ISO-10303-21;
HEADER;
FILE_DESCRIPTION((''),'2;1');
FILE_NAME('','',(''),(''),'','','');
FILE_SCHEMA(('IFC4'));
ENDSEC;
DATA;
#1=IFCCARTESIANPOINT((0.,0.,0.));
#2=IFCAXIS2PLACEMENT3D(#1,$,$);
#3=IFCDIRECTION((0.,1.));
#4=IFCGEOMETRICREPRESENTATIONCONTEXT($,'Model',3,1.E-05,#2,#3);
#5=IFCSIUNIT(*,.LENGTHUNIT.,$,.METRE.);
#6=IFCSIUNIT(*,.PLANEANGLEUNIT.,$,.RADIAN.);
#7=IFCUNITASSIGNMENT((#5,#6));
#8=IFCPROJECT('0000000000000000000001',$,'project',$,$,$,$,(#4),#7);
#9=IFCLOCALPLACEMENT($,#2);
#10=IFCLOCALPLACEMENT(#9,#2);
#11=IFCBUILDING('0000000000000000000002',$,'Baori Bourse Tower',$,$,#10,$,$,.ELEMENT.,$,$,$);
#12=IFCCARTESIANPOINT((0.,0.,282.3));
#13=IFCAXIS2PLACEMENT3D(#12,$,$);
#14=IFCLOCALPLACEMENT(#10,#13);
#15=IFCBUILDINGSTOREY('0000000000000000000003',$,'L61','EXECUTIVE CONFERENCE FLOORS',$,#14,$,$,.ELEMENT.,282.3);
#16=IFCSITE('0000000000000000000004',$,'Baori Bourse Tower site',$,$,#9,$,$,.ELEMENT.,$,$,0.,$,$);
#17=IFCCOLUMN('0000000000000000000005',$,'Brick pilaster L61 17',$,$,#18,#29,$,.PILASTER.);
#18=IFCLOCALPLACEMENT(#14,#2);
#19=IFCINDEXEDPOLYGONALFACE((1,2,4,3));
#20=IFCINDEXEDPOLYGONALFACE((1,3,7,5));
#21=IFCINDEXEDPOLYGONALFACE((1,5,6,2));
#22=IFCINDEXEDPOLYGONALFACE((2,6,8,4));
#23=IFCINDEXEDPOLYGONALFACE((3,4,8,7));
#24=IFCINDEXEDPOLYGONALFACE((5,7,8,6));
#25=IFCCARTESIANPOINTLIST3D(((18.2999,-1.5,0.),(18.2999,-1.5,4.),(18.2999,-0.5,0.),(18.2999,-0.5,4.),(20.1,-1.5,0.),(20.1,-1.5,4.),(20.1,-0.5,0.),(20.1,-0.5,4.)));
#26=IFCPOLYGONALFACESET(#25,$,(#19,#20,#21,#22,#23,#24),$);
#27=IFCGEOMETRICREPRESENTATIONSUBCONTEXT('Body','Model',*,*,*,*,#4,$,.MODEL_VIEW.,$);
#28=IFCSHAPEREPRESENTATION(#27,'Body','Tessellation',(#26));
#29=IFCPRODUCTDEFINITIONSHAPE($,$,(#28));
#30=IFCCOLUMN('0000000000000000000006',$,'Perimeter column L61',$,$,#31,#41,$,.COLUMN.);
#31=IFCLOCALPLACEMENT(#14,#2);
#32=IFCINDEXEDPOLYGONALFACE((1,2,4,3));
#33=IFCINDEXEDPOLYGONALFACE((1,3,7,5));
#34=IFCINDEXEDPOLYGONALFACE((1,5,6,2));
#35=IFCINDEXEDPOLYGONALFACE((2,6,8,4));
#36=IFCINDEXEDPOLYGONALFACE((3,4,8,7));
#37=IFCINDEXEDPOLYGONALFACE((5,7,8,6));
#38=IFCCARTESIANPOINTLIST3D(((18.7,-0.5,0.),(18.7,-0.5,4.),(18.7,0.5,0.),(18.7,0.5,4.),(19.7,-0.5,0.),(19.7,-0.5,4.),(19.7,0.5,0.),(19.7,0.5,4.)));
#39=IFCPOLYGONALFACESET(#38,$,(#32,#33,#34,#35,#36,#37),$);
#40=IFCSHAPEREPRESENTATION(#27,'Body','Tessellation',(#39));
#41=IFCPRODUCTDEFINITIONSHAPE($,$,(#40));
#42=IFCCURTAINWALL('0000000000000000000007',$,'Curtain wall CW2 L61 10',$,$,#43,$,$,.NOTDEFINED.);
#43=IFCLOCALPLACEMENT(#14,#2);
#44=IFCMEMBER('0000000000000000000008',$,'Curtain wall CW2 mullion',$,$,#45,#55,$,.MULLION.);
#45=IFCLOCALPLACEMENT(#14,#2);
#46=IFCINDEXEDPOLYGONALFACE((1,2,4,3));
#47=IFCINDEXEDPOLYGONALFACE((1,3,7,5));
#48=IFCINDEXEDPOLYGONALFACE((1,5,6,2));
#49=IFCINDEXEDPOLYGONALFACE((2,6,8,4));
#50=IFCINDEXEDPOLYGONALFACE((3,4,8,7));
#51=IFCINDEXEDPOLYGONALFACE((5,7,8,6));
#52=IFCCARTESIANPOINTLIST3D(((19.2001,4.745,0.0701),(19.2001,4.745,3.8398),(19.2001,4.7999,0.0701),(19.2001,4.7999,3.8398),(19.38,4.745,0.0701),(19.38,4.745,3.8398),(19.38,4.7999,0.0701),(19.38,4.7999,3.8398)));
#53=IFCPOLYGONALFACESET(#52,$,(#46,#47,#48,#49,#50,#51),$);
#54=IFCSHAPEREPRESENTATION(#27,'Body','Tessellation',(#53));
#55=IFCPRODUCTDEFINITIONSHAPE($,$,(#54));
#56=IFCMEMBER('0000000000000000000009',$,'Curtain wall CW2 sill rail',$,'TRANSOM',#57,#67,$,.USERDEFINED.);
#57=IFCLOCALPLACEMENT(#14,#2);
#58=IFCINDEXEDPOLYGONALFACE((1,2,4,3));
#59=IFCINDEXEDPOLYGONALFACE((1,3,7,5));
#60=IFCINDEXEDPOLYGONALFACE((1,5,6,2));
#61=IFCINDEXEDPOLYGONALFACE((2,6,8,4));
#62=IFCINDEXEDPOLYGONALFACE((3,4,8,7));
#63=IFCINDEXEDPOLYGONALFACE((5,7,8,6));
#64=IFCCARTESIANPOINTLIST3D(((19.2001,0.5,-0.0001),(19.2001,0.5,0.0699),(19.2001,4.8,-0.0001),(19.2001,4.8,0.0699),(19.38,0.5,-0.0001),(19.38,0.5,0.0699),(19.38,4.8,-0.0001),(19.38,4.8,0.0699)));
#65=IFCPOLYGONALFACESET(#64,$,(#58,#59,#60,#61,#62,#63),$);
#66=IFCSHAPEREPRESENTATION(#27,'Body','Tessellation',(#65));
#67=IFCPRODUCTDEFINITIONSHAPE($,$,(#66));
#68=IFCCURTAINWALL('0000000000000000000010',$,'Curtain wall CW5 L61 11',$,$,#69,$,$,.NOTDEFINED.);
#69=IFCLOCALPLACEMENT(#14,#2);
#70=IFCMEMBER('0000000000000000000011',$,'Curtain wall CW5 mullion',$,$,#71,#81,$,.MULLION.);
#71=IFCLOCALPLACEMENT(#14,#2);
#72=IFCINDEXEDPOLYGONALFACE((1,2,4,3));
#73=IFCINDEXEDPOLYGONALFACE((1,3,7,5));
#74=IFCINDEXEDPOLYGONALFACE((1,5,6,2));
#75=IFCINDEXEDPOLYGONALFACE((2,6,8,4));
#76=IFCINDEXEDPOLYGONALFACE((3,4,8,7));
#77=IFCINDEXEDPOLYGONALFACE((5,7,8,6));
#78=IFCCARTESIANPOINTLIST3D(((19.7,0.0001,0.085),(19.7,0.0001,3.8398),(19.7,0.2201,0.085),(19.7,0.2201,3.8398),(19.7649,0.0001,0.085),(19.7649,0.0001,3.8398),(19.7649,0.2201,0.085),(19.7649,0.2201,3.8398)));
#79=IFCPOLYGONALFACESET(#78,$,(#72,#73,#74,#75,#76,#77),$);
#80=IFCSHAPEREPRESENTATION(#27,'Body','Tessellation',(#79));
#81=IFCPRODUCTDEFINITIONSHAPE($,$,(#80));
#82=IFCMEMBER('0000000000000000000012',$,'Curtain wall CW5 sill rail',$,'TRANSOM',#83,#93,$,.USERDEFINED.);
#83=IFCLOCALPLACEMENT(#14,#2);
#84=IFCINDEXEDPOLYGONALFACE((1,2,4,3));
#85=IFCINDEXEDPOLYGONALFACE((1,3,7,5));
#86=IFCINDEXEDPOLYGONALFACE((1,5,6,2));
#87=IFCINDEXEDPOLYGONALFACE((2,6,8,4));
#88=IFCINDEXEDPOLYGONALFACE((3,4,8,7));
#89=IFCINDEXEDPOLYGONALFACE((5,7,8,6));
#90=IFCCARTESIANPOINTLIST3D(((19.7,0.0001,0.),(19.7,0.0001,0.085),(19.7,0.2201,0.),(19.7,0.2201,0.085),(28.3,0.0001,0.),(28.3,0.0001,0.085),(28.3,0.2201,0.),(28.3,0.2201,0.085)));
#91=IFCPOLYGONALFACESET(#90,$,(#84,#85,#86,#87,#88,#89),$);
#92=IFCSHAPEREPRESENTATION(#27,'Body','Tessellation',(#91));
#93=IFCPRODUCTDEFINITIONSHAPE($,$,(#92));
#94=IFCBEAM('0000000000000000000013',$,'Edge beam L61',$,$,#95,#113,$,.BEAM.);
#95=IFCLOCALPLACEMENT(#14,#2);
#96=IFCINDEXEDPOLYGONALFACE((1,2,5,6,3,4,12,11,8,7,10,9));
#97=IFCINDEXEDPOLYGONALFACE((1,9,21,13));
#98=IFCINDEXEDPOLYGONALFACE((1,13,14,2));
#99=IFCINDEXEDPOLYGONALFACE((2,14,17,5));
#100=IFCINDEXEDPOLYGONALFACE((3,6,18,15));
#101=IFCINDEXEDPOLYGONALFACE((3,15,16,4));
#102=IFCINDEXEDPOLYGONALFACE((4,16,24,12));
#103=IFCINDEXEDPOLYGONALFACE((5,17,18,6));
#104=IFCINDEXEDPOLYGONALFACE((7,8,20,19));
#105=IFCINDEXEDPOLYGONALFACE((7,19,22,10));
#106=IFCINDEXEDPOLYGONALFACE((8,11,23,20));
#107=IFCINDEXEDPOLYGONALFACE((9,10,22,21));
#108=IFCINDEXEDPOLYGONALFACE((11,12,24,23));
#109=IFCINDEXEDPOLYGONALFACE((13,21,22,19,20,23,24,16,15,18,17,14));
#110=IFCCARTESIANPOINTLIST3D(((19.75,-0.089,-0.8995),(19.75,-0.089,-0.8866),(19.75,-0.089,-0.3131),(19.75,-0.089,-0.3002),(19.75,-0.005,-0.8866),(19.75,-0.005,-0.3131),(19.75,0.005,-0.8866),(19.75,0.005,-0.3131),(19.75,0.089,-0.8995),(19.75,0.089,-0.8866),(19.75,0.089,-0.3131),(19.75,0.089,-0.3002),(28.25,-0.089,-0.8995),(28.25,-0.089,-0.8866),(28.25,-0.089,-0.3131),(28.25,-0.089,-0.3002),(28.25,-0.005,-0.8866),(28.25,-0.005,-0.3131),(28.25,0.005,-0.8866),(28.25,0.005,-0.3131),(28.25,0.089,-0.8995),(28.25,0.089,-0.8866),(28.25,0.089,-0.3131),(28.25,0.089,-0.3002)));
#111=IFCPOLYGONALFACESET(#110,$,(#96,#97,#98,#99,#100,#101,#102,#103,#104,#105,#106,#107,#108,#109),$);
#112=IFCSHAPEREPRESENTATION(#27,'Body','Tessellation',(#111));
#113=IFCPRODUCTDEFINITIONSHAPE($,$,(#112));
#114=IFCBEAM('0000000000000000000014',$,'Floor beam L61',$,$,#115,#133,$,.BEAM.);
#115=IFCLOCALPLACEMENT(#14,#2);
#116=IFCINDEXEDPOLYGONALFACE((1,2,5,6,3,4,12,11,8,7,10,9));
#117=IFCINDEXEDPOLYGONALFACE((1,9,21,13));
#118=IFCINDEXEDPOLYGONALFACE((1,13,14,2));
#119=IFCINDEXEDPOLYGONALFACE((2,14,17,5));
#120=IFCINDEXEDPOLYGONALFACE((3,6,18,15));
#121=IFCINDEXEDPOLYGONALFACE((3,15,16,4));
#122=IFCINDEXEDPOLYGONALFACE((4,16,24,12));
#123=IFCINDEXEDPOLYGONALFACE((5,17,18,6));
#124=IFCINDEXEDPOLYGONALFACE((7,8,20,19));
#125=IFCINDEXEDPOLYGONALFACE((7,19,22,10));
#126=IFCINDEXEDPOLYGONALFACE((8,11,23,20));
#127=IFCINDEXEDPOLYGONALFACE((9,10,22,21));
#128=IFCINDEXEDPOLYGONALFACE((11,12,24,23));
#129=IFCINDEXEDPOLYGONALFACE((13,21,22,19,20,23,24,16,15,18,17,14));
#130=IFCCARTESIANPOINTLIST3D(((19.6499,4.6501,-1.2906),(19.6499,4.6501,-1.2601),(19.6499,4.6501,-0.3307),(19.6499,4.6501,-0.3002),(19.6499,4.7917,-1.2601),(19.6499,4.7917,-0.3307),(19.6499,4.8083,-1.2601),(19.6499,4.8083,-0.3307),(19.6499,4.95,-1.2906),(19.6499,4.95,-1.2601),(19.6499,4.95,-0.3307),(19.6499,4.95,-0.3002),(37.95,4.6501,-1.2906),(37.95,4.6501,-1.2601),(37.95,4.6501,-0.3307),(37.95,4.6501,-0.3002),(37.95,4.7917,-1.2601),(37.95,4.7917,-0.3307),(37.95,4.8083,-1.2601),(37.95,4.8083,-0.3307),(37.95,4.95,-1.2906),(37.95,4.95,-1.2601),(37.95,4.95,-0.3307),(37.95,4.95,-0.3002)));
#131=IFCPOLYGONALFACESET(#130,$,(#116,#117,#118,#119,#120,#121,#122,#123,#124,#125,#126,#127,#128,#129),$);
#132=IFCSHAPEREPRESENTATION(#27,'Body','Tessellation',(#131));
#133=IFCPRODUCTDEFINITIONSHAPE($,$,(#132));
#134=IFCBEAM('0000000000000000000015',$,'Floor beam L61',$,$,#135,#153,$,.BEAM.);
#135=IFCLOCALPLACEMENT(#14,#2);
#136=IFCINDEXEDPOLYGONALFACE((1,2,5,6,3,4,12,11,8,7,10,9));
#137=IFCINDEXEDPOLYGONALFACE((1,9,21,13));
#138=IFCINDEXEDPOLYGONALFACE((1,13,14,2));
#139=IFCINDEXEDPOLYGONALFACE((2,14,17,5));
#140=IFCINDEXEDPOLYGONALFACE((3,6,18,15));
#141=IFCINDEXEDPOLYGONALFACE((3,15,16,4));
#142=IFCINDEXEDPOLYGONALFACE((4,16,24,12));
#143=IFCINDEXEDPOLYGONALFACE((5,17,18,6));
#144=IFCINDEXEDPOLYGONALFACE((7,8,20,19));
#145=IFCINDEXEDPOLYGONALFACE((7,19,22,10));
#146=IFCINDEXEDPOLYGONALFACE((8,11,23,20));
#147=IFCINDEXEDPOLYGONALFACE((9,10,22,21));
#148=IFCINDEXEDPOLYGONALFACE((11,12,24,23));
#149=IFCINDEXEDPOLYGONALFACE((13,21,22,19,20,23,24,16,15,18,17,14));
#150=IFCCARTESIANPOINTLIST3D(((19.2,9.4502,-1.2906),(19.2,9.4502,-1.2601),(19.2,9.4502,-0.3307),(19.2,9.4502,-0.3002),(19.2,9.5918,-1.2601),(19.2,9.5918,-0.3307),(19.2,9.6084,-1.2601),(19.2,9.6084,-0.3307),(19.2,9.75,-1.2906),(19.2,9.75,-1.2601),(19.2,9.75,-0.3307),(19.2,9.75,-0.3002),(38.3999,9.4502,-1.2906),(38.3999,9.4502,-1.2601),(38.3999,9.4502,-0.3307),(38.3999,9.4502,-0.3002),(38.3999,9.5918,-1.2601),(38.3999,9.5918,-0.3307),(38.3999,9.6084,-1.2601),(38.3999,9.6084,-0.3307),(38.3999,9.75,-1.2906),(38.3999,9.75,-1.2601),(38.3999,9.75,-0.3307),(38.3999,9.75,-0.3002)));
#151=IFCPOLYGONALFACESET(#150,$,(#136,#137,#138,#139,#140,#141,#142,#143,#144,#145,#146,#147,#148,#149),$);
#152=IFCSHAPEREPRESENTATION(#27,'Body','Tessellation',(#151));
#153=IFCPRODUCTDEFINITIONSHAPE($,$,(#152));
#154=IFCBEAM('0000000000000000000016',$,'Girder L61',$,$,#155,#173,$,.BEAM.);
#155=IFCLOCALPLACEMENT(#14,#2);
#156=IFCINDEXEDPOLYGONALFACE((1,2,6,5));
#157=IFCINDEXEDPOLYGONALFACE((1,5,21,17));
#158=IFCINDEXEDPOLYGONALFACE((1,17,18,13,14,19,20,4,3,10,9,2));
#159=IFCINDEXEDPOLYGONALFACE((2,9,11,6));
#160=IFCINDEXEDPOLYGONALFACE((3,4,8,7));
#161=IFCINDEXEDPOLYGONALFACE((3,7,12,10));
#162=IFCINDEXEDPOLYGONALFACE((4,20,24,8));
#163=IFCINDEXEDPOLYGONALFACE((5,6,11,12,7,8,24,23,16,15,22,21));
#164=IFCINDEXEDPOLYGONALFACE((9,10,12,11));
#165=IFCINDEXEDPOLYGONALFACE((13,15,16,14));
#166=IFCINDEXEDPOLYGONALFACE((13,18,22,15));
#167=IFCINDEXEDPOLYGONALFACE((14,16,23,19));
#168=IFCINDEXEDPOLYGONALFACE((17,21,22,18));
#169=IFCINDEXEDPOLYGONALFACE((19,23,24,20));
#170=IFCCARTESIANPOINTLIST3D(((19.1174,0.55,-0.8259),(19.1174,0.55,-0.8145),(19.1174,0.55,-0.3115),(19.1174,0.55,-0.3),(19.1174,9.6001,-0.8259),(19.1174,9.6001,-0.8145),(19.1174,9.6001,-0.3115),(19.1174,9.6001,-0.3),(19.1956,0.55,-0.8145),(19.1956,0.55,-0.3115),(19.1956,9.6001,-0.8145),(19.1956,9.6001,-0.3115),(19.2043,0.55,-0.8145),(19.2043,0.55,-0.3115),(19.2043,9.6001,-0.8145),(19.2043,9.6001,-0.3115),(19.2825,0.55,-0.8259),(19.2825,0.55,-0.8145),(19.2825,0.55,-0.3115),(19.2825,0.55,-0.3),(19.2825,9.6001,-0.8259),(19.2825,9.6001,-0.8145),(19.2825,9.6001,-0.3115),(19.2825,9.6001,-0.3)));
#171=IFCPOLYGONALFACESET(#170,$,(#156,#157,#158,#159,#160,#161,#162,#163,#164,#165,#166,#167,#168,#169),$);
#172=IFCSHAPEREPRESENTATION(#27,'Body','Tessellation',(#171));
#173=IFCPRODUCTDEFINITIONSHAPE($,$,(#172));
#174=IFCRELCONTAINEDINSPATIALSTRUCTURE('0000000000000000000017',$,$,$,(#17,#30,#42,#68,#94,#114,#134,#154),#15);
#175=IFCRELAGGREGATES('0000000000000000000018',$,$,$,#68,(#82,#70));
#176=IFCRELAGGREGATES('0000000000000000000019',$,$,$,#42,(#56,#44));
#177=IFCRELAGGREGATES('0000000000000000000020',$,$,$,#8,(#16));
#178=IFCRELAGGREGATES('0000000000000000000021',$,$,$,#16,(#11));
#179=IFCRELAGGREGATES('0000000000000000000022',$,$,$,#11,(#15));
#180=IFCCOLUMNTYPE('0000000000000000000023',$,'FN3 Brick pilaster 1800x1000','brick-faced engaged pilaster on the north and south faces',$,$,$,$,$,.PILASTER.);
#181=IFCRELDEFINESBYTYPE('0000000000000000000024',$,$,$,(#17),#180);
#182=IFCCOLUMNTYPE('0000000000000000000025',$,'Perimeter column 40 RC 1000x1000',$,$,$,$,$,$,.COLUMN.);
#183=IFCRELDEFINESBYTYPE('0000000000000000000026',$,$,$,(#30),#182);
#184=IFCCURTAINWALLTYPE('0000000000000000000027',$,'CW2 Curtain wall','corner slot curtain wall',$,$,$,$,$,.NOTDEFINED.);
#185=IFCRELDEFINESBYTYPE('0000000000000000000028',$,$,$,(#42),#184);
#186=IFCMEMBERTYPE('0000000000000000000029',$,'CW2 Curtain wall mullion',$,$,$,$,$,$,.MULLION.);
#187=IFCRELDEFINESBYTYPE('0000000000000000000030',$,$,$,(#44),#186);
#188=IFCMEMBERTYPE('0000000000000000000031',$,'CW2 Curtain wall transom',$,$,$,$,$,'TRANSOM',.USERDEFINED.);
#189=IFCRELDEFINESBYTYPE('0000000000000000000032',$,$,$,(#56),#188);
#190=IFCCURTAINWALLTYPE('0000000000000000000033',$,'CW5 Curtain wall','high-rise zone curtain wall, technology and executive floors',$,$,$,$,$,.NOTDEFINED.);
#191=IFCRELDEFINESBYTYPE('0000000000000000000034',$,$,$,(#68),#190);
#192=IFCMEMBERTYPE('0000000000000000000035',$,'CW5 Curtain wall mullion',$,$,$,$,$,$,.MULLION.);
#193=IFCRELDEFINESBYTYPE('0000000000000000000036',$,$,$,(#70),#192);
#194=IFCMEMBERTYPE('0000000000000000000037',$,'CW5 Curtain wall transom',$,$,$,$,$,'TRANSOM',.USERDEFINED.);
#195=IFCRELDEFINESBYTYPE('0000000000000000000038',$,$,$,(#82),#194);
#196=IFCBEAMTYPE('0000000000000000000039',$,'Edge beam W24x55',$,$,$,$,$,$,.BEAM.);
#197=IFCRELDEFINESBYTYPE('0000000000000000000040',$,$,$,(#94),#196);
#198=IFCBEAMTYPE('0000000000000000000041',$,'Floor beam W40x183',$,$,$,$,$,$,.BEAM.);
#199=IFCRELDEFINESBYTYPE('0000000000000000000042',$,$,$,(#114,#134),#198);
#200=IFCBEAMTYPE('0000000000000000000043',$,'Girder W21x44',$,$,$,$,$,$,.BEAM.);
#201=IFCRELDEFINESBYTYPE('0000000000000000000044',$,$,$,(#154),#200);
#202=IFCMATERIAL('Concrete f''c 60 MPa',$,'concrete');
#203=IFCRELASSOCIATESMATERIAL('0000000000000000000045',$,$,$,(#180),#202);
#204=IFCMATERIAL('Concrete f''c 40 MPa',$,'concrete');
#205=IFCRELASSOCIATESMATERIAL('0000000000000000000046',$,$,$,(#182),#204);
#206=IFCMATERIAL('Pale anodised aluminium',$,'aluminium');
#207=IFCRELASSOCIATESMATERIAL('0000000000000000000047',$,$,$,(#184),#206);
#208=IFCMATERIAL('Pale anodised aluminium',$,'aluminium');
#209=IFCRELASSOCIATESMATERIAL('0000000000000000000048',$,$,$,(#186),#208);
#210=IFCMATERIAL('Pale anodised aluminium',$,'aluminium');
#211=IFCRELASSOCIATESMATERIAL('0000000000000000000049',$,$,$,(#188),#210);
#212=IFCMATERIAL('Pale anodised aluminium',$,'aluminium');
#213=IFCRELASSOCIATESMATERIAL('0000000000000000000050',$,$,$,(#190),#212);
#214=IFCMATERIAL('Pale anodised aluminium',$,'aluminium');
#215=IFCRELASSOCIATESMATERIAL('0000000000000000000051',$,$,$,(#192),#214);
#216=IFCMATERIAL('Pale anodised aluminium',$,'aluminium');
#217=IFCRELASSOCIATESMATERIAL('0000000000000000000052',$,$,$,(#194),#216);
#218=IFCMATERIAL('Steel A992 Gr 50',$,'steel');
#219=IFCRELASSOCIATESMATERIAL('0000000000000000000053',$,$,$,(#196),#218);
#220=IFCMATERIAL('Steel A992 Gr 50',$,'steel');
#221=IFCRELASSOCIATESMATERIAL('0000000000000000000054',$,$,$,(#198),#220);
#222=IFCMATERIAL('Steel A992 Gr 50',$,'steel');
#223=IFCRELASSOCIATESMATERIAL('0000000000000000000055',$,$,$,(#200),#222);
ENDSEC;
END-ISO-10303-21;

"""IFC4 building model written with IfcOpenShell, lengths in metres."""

from ifc_helpers import new_model, si_unit, direction, frame, origin, origin_2d, place, context, subcontext, project, spatial, rectangle, i_section, extrude, material, material_profile, profile_set, type_object, element, aggregate, save


model = new_model("IFC4")

# Units and contexts
model_context = context("Model", 3, precision=1e-05, world=origin(), true_north=direction((0.0, 1.0)))
body_context = subcontext(model_context, "Body", "Model", "MODEL_VIEW")
ifc_project = project(units=[si_unit("LENGTHUNIT", "METRE"), si_unit("PLANEANGLEUNIT", "RADIAN")], contexts=[model_context])

# Site, building, storey
site_placement = place(None, origin())
site = spatial("IfcSite", under=ifc_project, at=site_placement, Name="Baori Bourse Tower site", CompositionType="ELEMENT", RefElevation=0.0)
building_placement = place(site_placement, origin())
building = spatial("IfcBuilding", under=site, at=building_placement, Name="Baori Bourse Tower", CompositionType="ELEMENT")
storey_placement = place(building_placement, frame((0.0, 0.0, 282.3)))
storey = spatial("IfcBuildingStorey", under=building, at=storey_placement, Name="L61", Description="EXECUTIVE CONFERENCE FLOORS", CompositionType="ELEMENT", Elevation=282.3)

# Columns
ifc_material_1 = material(Name="Concrete f'c 60 MPa", Category="concrete")
ifc_material_profile_1 = material_profile(ifc_material_1, rectangle(XDim=1.8, YDim=1.0, at=origin_2d()), Name="RC 1800x1000")
ifc_profile_set_1 = profile_set([ifc_material_profile_1], Name="Concrete f'c 60 MPa")
column_type_1 = type_object("IfcColumnType", Name="FN3 Brick pilaster 1800x1000", Description="brick-faced engaged pilaster on the north and south faces", PredefinedType="PILASTER", material=ifc_profile_set_1)
column_1_placement = place(storey_placement, frame((19.2, -1.0, 0.0), z_axis=(0.0, 0.0, 1.0), x_axis=(1.0, 0.0, 0.0)))
element("IfcColumn", 1, at=column_1_placement, inside=storey, type_object=column_type_1, Name="Brick pilaster L61 17", PredefinedType="PILASTER", context=body_context, shape_type="SweptSolid", body=[
    extrude(rectangle(XDim=1.8, YDim=1.0, at=origin_2d()), origin(), (0.0, 0.0, 1.0), 4.0),
])
ifc_material_2 = material(Name="Concrete f'c 40 MPa", Category="concrete")
ifc_material_profile_2 = material_profile(ifc_material_2, rectangle(XDim=1.0, YDim=1.0, at=origin_2d()), Name="RC 1000x1000")
ifc_profile_set_2 = profile_set([ifc_material_profile_2], Name="Concrete f'c 40 MPa")
column_type_2 = type_object("IfcColumnType", Name="Perimeter column 40 RC 1000x1000", PredefinedType="COLUMN", material=ifc_profile_set_2)
column_2_placement = place(storey_placement, frame((19.2, 0.0, 0.0), z_axis=(0.0, 0.0, 1.0), x_axis=(1.0, 0.0, 0.0)))
element("IfcColumn", 2, at=column_2_placement, inside=storey, type_object=column_type_2, Name="Perimeter column L61", PredefinedType="COLUMN", context=body_context, shape_type="SweptSolid", body=[
    extrude(rectangle(XDim=1.0, YDim=1.0, at=origin_2d()), origin(), (0.0, 0.0, 1.0), 4.0),
])

# Curtain walls, members
ifc_material_3 = material(Name="Pale anodised aluminium", Category="aluminium")
curtain_wall_type_1 = type_object("IfcCurtainWallType", Name="CW2 Curtain wall", Description="corner slot curtain wall", PredefinedType="NOTDEFINED", material=ifc_material_3)
curtain_wall_1_placement = place(storey_placement, origin())
curtain_wall_1 = element("IfcCurtainWall", 3, at=curtain_wall_1_placement, inside=storey, type_object=curtain_wall_type_1, Name="Curtain wall CW2 L61 10", PredefinedType="NOTDEFINED")
ifc_material_4 = material(Name="Pale anodised aluminium", Category="aluminium")
ifc_material_profile_3 = material_profile(ifc_material_4, rectangle(XDim=0.1799, YDim=0.0549, at=origin_2d()), Name="Mullion 55x180")
ifc_profile_set_3 = profile_set([ifc_material_profile_3], Name="Pale anodised aluminium")
member_type_1 = type_object("IfcMemberType", Name="CW2 Curtain wall mullion", PredefinedType="MULLION", material=ifc_profile_set_3)
member_1_placement = place(storey_placement, frame((19.29, 4.7725, 0.0701), z_axis=(0.0, 0.0, 1.0), x_axis=(1.0, 0.0, 0.0)))
member_1 = element("IfcMember", 4, at=member_1_placement, type_object=member_type_1, Name="Curtain wall CW2 mullion", PredefinedType="MULLION", context=body_context, shape_type="SweptSolid", body=[
    extrude(rectangle(XDim=0.1799, YDim=0.0549, at=origin_2d()), origin(), (0.0, 0.0, 1.0), 3.7698),
])
ifc_material_5 = material(Name="Pale anodised aluminium", Category="aluminium")
ifc_material_profile_4 = material_profile(ifc_material_5, rectangle(XDim=0.1799, YDim=0.0701, at=origin_2d()), Name="Transom 70x180")
ifc_profile_set_4 = profile_set([ifc_material_profile_4], Name="Pale anodised aluminium")
member_type_2 = type_object("IfcMemberType", Name="CW2 Curtain wall transom", ElementType="TRANSOM", PredefinedType="USERDEFINED", material=ifc_profile_set_4)
member_2_placement = place(storey_placement, frame((19.29, 4.8, 0.0349), z_axis=(0.0, -1.0, 0.0), x_axis=(1.0, 0.0, 0.0)))
member_2 = element("IfcMember", 5, at=member_2_placement, type_object=member_type_2, Name="Curtain wall CW2 sill rail", ObjectType="TRANSOM", PredefinedType="USERDEFINED", context=body_context, shape_type="SweptSolid", body=[
    extrude(rectangle(XDim=0.1799, YDim=0.0701, at=origin_2d()), origin(), (0.0, 0.0, 1.0), 4.3),
])
ifc_material_6 = material(Name="Pale anodised aluminium", Category="aluminium")
curtain_wall_type_2 = type_object("IfcCurtainWallType", Name="CW5 Curtain wall", Description="high-rise zone curtain wall, technology and executive floors", PredefinedType="NOTDEFINED", material=ifc_material_6)
curtain_wall_2_placement = place(storey_placement, origin())
curtain_wall_2 = element("IfcCurtainWall", 6, at=curtain_wall_2_placement, inside=storey, type_object=curtain_wall_type_2, Name="Curtain wall CW5 L61 11", PredefinedType="NOTDEFINED")
ifc_material_7 = material(Name="Pale anodised aluminium", Category="aluminium")
ifc_material_profile_5 = material_profile(ifc_material_7, rectangle(XDim=0.22, YDim=0.0649, at=origin_2d()), Name="Mullion 65x220")
ifc_profile_set_5 = profile_set([ifc_material_profile_5], Name="Pale anodised aluminium")
member_type_3 = type_object("IfcMemberType", Name="CW5 Curtain wall mullion", PredefinedType="MULLION", material=ifc_profile_set_5)
member_3_placement = place(storey_placement, frame((19.7324, 0.1101, 0.085), z_axis=(0.0, 0.0, 1.0), x_axis=(0.0, 1.0, 0.0)))
member_3 = element("IfcMember", 7, at=member_3_placement, type_object=member_type_3, Name="Curtain wall CW5 mullion", PredefinedType="MULLION", context=body_context, shape_type="SweptSolid", body=[
    extrude(rectangle(XDim=0.22, YDim=0.0649, at=origin_2d()), origin(), (0.0, 0.0, 1.0), 3.7549),
])
ifc_material_8 = material(Name="Pale anodised aluminium", Category="aluminium")
ifc_material_profile_6 = material_profile(ifc_material_8, rectangle(XDim=0.22, YDim=0.085, at=origin_2d()), Name="Transom 85x220")
ifc_profile_set_6 = profile_set([ifc_material_profile_6], Name="Pale anodised aluminium")
member_type_4 = type_object("IfcMemberType", Name="CW5 Curtain wall transom", ElementType="TRANSOM", PredefinedType="USERDEFINED", material=ifc_profile_set_6)
member_4_placement = place(storey_placement, frame((19.7, 0.1101, 0.0425), z_axis=(1.0, 0.0, 0.0), x_axis=(0.0, 1.0, 0.0)))
member_4 = element("IfcMember", 8, at=member_4_placement, type_object=member_type_4, Name="Curtain wall CW5 sill rail", ObjectType="TRANSOM", PredefinedType="USERDEFINED", context=body_context, shape_type="SweptSolid", body=[
    extrude(rectangle(XDim=0.22, YDim=0.085, at=origin_2d()), origin(), (0.0, 0.0, 1.0), 8.6001),
])
aggregate(curtain_wall_2, [member_4, member_3])

# Beams
ifc_material_9 = material(Name="Steel A992 Gr 50", Category="steel")
ifc_material_profile_7 = material_profile(ifc_material_9, i_section(OverallWidth=0.178, OverallDepth=0.5994, WebThickness=0.01, FlangeThickness=0.0129, at=origin_2d()), Name="W24x55")
ifc_profile_set_7 = profile_set([ifc_material_profile_7], Name="Steel A992 Gr 50")
beam_type_1 = type_object("IfcBeamType", Name="Edge beam W24x55", PredefinedType="BEAM", material=ifc_profile_set_7)
beam_1_placement = place(storey_placement, frame((19.75, 0.0, -0.5999), z_axis=(1.0, 0.0, 0.0), x_axis=(0.0, 1.0, 0.0)))
element("IfcBeam", 9, at=beam_1_placement, inside=storey, type_object=beam_type_1, Name="Edge beam L61", PredefinedType="BEAM", context=body_context, shape_type="SweptSolid", body=[
    extrude(i_section(OverallWidth=0.178, OverallDepth=0.5994, WebThickness=0.01, FlangeThickness=0.0129, at=origin_2d()), origin(), (0.0, 0.0, 1.0), 8.5),
])
ifc_material_10 = material(Name="Steel A992 Gr 50", Category="steel")
ifc_material_profile_8 = material_profile(ifc_material_10, i_section(OverallWidth=0.2998, OverallDepth=0.9905, WebThickness=0.0166, FlangeThickness=0.0305, at=origin_2d()), Name="W40x183")
ifc_profile_set_8 = profile_set([ifc_material_profile_8], Name="Steel A992 Gr 50")
beam_type_2 = type_object("IfcBeamType", Name="Floor beam W40x183", PredefinedType="BEAM", material=ifc_profile_set_8)
beam_2_placement = place(storey_placement, frame((19.6499, 4.8, -0.7954), z_axis=(1.0, 0.0, 0.0), x_axis=(0.0, 1.0, 0.0)))
element("IfcBeam", 10, at=beam_2_placement, inside=storey, type_object=beam_type_2, Name="Floor beam L61", PredefinedType="BEAM", context=body_context, shape_type="SweptSolid", body=[
    extrude(i_section(OverallWidth=0.2998, OverallDepth=0.9905, WebThickness=0.0166, FlangeThickness=0.0305, at=origin_2d()), origin(), (0.0, 0.0, 1.0), 18.3),
])
beam_3_placement = place(storey_placement, frame((19.2, 9.6001, -0.7954), z_axis=(1.0, 0.0, 0.0), x_axis=(0.0, 1.0, 0.0)))
element("IfcBeam", 11, at=beam_3_placement, inside=storey, type_object=beam_type_2, Name="Floor beam L61", PredefinedType="BEAM", context=body_context, shape_type="SweptSolid", body=[
    extrude(i_section(OverallWidth=0.2998, OverallDepth=0.9905, WebThickness=0.0166, FlangeThickness=0.0305, at=origin_2d()), origin(), (0.0, 0.0, 1.0), 19.2),
])
ifc_material_11 = material(Name="Steel A992 Gr 50", Category="steel")
ifc_material_profile_9 = material_profile(ifc_material_11, i_section(OverallWidth=0.165, OverallDepth=0.5259, WebThickness=0.0088, FlangeThickness=0.0115, at=origin_2d()), Name="W21x44")
ifc_profile_set_9 = profile_set([ifc_material_profile_9], Name="Steel A992 Gr 50")
beam_type_3 = type_object("IfcBeamType", Name="Girder W21x44", PredefinedType="BEAM", material=ifc_profile_set_9)
beam_4_placement = place(storey_placement, frame((19.2, 0.55, -0.563), z_axis=(0.0, 1.0, 0.0), x_axis=(-1.0, 0.0, 0.0)))
element("IfcBeam", 12, at=beam_4_placement, inside=storey, type_object=beam_type_3, Name="Girder L61", PredefinedType="BEAM", context=body_context, shape_type="SweptSolid", body=[
    extrude(i_section(OverallWidth=0.165, OverallDepth=0.5259, WebThickness=0.0088, FlangeThickness=0.0115, at=origin_2d()), origin(), (0.0, 0.0, 1.0), 9.05),
])

aggregate(curtain_wall_1, [member_2, member_1])

save(model, "model.ifc")
